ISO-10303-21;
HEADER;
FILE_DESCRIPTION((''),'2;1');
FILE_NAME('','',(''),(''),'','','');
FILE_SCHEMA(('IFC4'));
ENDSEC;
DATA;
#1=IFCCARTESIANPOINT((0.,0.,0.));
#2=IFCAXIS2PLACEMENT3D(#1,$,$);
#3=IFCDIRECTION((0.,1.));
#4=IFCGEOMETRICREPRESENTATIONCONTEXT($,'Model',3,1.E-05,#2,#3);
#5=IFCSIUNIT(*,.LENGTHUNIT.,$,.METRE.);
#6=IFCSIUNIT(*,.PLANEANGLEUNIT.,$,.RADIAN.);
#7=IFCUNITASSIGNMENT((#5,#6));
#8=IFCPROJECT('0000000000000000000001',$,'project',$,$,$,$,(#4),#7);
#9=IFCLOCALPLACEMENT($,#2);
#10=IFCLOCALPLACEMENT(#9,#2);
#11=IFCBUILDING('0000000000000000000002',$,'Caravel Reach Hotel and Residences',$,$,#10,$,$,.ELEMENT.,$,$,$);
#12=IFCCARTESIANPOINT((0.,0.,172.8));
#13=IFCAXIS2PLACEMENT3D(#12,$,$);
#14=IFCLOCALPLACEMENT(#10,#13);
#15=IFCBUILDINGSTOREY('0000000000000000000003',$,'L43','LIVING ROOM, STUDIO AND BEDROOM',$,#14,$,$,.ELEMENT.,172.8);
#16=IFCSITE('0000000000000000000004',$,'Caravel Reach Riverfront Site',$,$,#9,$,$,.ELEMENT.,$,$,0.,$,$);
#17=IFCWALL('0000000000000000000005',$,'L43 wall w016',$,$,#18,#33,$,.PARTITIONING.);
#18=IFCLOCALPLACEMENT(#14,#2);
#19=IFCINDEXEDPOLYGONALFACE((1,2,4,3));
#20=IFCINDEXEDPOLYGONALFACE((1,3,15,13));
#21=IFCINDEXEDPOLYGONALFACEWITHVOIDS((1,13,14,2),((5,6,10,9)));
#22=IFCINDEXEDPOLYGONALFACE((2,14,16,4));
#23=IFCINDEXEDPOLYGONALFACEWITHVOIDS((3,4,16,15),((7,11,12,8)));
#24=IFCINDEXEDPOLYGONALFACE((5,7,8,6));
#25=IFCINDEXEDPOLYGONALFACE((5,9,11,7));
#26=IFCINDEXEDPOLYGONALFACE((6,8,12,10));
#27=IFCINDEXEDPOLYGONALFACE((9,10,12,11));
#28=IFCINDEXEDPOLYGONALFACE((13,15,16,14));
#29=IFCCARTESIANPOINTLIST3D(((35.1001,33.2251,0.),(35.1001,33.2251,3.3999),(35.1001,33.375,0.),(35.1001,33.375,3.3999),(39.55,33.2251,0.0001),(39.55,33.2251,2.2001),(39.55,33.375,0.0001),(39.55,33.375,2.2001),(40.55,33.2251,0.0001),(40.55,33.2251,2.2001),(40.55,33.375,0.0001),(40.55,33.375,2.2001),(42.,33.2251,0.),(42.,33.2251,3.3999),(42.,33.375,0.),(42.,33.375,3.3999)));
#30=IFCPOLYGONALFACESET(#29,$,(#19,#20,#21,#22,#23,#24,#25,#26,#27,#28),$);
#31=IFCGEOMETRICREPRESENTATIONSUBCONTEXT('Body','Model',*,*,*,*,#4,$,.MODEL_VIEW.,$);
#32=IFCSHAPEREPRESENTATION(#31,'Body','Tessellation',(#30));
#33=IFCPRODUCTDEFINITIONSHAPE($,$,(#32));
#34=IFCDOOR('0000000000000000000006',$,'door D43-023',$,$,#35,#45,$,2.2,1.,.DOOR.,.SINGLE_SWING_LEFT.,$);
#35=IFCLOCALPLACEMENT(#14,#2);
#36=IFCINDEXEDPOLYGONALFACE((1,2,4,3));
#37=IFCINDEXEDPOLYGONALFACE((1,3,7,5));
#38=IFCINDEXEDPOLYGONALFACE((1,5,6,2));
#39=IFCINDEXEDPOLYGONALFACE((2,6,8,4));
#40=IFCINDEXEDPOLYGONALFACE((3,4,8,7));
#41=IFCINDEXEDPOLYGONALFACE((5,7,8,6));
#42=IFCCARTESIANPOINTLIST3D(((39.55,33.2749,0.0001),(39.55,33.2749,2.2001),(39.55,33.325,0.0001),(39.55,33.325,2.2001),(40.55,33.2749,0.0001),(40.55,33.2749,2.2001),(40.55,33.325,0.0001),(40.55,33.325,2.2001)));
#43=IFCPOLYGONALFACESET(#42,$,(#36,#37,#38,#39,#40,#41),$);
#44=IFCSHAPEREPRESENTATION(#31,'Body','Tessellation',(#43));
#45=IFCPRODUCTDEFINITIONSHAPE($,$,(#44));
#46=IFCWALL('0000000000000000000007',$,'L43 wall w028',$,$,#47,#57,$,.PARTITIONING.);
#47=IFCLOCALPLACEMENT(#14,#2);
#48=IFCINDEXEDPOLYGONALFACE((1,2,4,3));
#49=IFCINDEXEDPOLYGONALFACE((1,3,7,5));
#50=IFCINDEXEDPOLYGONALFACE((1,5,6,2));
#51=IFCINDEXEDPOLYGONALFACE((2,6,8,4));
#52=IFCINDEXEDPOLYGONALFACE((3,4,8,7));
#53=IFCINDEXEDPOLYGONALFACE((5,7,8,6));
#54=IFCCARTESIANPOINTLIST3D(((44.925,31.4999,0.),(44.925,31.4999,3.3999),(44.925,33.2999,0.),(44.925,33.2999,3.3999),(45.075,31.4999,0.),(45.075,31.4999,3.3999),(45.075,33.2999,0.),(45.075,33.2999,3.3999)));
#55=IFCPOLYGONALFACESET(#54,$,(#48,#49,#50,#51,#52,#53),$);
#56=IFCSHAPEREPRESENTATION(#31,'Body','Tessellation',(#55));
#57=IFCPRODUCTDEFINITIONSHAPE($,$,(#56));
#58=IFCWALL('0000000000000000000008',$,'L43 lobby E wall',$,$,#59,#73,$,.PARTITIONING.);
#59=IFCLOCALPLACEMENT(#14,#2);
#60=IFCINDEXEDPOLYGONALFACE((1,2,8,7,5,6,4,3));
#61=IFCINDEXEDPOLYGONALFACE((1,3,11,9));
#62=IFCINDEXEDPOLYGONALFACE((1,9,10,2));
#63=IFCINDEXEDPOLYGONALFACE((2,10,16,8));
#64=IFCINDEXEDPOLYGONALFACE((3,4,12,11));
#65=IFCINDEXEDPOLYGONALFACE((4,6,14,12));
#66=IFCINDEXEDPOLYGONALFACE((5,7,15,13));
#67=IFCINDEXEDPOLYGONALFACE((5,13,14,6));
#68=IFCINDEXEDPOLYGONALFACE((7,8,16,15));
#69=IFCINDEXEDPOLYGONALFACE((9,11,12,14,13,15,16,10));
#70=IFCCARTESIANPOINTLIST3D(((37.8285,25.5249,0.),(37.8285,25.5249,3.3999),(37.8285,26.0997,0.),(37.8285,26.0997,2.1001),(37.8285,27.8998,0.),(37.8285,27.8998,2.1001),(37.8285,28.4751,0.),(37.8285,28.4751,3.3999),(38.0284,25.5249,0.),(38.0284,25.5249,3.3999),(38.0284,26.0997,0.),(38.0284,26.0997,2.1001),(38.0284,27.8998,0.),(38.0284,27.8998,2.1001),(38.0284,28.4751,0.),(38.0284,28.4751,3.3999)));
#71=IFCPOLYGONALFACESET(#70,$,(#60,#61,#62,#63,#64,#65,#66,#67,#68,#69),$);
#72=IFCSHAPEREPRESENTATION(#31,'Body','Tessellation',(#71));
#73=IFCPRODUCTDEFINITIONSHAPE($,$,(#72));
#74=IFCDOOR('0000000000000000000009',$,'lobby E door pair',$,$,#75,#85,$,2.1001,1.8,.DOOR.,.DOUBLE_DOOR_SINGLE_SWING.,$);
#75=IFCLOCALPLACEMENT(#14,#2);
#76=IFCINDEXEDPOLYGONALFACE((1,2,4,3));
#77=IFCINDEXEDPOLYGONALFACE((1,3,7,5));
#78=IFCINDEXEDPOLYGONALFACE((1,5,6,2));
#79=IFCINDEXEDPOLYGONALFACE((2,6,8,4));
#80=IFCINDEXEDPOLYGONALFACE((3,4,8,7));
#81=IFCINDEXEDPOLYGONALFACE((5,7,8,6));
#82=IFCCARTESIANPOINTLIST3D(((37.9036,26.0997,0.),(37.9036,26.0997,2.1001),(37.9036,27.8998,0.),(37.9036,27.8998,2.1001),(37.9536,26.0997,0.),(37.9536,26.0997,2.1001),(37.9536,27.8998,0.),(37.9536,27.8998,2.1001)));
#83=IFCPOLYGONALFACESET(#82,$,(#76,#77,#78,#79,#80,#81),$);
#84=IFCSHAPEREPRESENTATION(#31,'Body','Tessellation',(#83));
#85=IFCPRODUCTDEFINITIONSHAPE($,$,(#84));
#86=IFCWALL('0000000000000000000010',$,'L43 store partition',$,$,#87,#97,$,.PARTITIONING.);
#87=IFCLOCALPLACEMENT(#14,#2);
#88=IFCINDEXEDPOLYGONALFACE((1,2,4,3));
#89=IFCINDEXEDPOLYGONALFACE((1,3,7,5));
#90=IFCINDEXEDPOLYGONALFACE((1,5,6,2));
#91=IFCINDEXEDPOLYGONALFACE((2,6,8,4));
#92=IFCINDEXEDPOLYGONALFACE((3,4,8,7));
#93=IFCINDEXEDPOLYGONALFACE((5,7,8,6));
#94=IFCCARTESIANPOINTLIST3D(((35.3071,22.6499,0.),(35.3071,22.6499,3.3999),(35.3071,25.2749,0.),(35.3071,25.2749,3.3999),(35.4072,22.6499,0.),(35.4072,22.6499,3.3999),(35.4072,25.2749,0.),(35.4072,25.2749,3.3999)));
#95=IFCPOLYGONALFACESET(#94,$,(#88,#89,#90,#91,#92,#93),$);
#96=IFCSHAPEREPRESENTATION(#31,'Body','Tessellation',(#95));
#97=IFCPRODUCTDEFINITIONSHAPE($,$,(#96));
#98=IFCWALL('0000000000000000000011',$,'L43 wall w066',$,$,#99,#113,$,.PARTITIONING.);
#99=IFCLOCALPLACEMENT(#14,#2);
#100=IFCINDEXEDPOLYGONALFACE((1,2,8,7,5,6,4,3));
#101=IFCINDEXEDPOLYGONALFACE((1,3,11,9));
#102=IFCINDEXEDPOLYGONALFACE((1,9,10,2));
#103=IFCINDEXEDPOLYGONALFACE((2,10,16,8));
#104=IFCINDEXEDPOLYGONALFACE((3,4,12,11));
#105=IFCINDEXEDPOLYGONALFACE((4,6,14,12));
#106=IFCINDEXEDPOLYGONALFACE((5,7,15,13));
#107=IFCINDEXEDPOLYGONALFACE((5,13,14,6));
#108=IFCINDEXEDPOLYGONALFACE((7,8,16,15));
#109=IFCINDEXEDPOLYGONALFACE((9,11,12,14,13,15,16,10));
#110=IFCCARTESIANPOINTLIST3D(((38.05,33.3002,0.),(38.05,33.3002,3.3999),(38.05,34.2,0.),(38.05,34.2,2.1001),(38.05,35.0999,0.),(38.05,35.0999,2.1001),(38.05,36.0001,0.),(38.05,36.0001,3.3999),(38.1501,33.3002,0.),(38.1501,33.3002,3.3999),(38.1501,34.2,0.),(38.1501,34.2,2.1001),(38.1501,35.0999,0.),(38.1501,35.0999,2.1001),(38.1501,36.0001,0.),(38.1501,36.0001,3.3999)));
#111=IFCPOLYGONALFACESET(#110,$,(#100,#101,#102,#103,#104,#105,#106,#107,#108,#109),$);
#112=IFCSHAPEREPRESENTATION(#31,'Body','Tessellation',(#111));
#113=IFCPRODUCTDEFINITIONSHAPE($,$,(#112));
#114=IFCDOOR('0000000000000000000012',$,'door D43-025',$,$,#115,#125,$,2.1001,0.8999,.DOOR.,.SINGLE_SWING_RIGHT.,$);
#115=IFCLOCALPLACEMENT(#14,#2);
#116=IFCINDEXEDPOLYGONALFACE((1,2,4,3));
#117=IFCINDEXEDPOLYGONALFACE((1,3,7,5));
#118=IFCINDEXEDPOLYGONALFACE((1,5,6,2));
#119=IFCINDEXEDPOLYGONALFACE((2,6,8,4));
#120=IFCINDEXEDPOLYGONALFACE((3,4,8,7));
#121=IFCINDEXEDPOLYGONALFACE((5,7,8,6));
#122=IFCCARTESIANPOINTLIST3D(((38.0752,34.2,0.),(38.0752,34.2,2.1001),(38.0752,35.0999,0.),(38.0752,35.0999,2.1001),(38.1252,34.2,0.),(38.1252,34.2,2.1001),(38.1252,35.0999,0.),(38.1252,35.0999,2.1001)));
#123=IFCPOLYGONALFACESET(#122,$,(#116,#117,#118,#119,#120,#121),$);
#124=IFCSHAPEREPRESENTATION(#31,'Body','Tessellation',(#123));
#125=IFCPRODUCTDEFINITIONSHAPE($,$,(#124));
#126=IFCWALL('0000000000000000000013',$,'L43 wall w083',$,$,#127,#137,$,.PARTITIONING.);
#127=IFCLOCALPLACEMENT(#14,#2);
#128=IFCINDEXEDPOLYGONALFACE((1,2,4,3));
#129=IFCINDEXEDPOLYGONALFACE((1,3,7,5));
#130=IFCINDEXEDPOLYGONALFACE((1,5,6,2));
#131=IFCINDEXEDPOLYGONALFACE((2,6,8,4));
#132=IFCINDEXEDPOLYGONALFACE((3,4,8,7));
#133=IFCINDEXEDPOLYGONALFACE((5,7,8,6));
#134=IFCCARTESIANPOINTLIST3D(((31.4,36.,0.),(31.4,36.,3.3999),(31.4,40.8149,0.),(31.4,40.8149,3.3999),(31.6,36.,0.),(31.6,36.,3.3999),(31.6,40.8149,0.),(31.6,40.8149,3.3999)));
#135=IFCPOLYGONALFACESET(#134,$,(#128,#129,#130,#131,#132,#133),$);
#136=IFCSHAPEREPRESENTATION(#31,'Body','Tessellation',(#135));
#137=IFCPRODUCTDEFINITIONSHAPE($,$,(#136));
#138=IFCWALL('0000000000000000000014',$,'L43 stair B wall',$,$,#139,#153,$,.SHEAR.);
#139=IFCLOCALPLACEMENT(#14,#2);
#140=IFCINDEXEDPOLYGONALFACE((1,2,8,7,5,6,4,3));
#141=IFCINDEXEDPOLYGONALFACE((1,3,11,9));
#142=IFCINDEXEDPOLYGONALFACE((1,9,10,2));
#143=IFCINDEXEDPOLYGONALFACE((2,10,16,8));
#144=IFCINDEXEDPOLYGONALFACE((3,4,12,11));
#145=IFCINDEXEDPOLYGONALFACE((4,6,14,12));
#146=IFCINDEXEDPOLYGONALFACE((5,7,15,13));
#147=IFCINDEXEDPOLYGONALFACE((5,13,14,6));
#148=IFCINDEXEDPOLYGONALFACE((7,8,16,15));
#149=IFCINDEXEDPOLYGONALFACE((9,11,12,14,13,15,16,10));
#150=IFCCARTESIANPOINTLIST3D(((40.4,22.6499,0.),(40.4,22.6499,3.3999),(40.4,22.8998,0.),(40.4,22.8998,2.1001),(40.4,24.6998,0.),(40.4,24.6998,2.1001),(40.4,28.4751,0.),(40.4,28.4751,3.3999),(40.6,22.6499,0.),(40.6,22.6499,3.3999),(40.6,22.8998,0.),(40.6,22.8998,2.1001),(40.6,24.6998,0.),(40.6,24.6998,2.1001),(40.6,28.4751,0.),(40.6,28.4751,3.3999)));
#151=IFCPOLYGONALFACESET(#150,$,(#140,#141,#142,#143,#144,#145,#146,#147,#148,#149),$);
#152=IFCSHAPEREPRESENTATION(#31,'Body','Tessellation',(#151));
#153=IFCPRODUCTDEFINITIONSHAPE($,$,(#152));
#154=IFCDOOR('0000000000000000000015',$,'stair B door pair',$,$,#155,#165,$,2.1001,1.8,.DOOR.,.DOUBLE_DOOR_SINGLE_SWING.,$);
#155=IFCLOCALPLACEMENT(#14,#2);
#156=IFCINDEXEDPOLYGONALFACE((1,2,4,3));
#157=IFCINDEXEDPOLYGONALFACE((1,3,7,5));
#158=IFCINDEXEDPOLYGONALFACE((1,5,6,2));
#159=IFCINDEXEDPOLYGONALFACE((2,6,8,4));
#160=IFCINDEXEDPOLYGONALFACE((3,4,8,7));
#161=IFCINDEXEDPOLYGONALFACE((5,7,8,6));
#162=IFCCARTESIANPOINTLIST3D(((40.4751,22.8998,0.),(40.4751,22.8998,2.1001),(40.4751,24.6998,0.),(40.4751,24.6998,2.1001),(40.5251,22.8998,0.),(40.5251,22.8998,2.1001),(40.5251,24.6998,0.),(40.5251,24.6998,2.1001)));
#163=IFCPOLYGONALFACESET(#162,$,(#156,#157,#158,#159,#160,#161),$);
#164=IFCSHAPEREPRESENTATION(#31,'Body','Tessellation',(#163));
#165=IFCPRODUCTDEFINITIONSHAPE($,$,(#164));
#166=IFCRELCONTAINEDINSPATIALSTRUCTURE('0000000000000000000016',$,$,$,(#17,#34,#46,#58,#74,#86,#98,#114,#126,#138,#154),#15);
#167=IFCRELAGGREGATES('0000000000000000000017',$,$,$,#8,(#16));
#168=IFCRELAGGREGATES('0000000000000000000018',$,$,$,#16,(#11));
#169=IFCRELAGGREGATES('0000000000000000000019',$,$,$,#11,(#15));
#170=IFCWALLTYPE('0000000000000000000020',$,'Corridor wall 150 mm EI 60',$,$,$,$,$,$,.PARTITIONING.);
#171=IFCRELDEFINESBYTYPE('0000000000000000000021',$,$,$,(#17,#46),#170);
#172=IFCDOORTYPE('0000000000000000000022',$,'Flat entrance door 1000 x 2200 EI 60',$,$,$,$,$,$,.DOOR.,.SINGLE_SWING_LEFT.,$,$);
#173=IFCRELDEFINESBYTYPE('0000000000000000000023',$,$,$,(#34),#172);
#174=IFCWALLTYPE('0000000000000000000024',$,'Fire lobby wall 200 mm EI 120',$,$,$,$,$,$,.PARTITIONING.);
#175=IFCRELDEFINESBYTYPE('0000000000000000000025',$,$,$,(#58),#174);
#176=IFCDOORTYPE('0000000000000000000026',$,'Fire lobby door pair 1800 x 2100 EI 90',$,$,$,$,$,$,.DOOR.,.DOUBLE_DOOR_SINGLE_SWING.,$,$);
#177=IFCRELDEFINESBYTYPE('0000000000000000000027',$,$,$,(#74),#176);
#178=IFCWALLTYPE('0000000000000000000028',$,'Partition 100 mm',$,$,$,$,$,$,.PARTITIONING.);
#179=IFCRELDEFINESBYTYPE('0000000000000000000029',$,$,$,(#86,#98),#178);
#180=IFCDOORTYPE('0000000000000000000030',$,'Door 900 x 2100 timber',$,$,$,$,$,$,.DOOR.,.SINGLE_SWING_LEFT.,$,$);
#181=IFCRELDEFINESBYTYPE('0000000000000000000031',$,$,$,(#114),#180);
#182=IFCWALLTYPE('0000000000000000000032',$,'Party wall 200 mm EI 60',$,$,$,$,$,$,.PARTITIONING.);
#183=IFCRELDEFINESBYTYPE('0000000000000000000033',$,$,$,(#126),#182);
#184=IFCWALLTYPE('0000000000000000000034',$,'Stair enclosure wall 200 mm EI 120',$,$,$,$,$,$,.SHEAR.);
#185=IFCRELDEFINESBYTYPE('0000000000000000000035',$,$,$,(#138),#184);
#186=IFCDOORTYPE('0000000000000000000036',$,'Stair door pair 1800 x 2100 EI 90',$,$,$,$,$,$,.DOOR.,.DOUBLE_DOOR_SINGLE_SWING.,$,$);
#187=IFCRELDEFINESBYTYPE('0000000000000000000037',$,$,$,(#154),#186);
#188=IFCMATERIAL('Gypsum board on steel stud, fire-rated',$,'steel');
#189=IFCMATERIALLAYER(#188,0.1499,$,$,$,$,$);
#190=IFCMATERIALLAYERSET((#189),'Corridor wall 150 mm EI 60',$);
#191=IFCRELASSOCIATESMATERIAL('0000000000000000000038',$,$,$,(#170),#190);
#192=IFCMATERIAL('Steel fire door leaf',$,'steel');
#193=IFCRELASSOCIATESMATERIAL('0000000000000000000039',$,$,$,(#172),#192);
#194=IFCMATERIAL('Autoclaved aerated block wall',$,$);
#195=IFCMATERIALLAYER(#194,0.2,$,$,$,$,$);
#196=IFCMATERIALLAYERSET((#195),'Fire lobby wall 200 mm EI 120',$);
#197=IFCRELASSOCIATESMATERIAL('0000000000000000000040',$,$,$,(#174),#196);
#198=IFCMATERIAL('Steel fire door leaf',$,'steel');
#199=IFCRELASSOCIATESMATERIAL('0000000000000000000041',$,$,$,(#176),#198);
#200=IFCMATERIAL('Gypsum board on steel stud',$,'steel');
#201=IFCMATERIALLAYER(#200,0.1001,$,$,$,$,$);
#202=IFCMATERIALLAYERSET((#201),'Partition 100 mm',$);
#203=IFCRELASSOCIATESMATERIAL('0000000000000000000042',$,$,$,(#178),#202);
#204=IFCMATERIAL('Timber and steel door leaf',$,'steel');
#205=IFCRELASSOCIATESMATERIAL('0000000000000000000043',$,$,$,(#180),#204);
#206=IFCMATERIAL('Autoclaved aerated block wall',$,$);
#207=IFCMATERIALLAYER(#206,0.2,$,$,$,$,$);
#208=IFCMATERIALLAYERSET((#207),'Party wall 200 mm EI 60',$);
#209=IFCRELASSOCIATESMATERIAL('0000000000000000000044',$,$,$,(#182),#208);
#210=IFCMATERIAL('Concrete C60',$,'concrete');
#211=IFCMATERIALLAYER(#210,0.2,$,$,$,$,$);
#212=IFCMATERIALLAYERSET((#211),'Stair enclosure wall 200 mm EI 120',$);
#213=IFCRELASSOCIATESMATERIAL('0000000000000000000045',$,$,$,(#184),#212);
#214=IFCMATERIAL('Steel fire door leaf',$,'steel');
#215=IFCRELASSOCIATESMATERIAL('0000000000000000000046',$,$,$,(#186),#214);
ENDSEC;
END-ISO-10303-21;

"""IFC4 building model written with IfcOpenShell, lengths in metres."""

from ifc_helpers import new_model, si_unit, direction, frame, frame_2d, origin, place, context, subcontext, project, spatial, rectangle, extrude, material, layer, layer_set, type_object, element, fill, save


model = new_model("IFC4")

# Units and contexts
model_context = context("Model", 3, precision=1e-05, world=origin(), true_north=direction((0.0, 1.0)))
body_context = subcontext(model_context, "Body", "Model", "MODEL_VIEW")
ifc_project = project(units=[si_unit("LENGTHUNIT", "METRE"), si_unit("PLANEANGLEUNIT", "RADIAN")], contexts=[model_context])

# Site, building, storey
site_placement = place(None, origin())
site = spatial("IfcSite", under=ifc_project, at=site_placement, Name="Caravel Reach Riverfront Site", CompositionType="ELEMENT", RefElevation=0.0)
building_placement = place(site_placement, origin())
building = spatial("IfcBuilding", under=site, at=building_placement, Name="Caravel Reach Hotel and Residences", CompositionType="ELEMENT")
storey_placement = place(building_placement, frame((0.0, 0.0, 172.8)))
storey = spatial("IfcBuildingStorey", under=building, at=storey_placement, Name="L43", Description="LIVING ROOM, STUDIO AND BEDROOM", CompositionType="ELEMENT", Elevation=172.8)

# Shared definitions
ifc_material_1 = material(Name="Gypsum board on steel stud, fire-rated", Category="steel")
ifc_layer_1 = layer(ifc_material_1, 0.1499)
ifc_layer_set_1 = layer_set([ifc_layer_1], Name="Corridor wall 150 mm EI 60")
wall_type_1 = type_object("IfcWallType", Name="Corridor wall 150 mm EI 60", PredefinedType="PARTITIONING", material=ifc_layer_set_1)

# Wall, opening, door
wall_1_placement = place(storey_placement, frame((35.1001, 33.3, 0.0), z_axis=(0.0, 0.0, 1.0), x_axis=(1.0, 0.0, 0.0)))
wall_1 = element("IfcWall", 1, at=wall_1_placement, inside=storey, type_object=wall_type_1, Name="L43 wall w016", PredefinedType="PARTITIONING", context=body_context, shape_type="SweptSolid", body=[
    extrude(rectangle(XDim=6.8999, YDim=0.1499, at=frame_2d((3.45, 0.0))), origin(), (0.0, 0.0, 1.0), 3.3999),
])
opening_1_placement = place(wall_1_placement, frame((4.45, 0.0, 0.0)))
opening_1 = element("IfcOpeningElement", 2, at=opening_1_placement, cuts=wall_1, PredefinedType="OPENING", context=body_context, shape_type="SweptSolid", body=[
    extrude(rectangle(XDim=1.0, YDim=2.2, at=frame_2d((0.5, 1.1001))), frame((0.0, 0.085, 0.0), z_axis=(0.0, -1.0, 0.0), x_axis=(1.0, 0.0, 0.0)), (0.0, 0.0, 1.0), 0.1699),
])
ifc_material_2 = material(Name="Steel fire door leaf", Category="steel")
door_type_1 = type_object("IfcDoorType", Name="Flat entrance door 1000 x 2200 EI 60", OperationType="SINGLE_SWING_LEFT", PredefinedType="DOOR", material=ifc_material_2)
door_1_placement = place(opening_1_placement, origin())
door_1 = element("IfcDoor", 3, at=door_1_placement, inside=storey, type_object=door_type_1, Name="door D43-023", OperationType="SINGLE_SWING_LEFT", OverallHeight=2.2, OverallWidth=1.0, PredefinedType="DOOR", context=body_context, shape_type="SweptSolid", body=[
    extrude(rectangle(XDim=1.0, YDim=2.2, at=frame_2d((0.5, 1.1001))), frame((0.0, 0.0249, 0.0), z_axis=(0.0, -1.0, 0.0), x_axis=(1.0, 0.0, 0.0)), (0.0, 0.0, 1.0), 0.05),
])
fill(opening_1, door_1)

# Wall
wall_2_placement = place(storey_placement, frame((45.0, 31.5, 0.0), z_axis=(0.0, 0.0, 1.0), x_axis=(0.0, 1.0, 0.0)))
element("IfcWall", 4, at=wall_2_placement, inside=storey, type_object=wall_type_1, Name="L43 wall w028", PredefinedType="PARTITIONING", context=body_context, shape_type="SweptSolid", body=[
    extrude(rectangle(XDim=1.8, YDim=0.1499, at=frame_2d((0.8999, 0.0))), origin(), (0.0, 0.0, 1.0), 3.3999),
])

# Wall, opening, door
ifc_material_3 = material(Name="Autoclaved aerated block wall")
ifc_layer_2 = layer(ifc_material_3, 0.2)
ifc_layer_set_2 = layer_set([ifc_layer_2], Name="Fire lobby wall 200 mm EI 120")
wall_type_2 = type_object("IfcWallType", Name="Fire lobby wall 200 mm EI 120", PredefinedType="PARTITIONING", material=ifc_layer_set_2)
wall_3_placement = place(storey_placement, frame((37.9285, 25.5249, 0.0), z_axis=(0.0, 0.0, 1.0), x_axis=(0.0, 1.0, 0.0)))
wall_3 = element("IfcWall", 5, at=wall_3_placement, inside=storey, type_object=wall_type_2, Name="L43 lobby E wall", PredefinedType="PARTITIONING", context=body_context, shape_type="SweptSolid", body=[
    extrude(rectangle(XDim=2.9502, YDim=0.2, at=frame_2d((1.4751, 0.0))), origin(), (0.0, 0.0, 1.0), 3.3999),
])
opening_2_placement = place(wall_3_placement, frame((0.575, 0.0, 0.0)))
opening_2 = element("IfcOpeningElement", 6, at=opening_2_placement, cuts=wall_3, PredefinedType="OPENING", context=body_context, shape_type="SweptSolid", body=[
    extrude(rectangle(XDim=1.8, YDim=2.1001, at=frame_2d((0.8999, 1.05))), frame((0.0, 0.1099, 0.0), z_axis=(0.0, -1.0, 0.0), x_axis=(1.0, 0.0, 0.0)), (0.0, 0.0, 1.0), 0.22),
])
ifc_material_4 = material(Name="Steel fire door leaf", Category="steel")
door_type_2 = type_object("IfcDoorType", Name="Fire lobby door pair 1800 x 2100 EI 90", OperationType="DOUBLE_DOOR_SINGLE_SWING", PredefinedType="DOOR", material=ifc_material_4)
door_2_placement = place(opening_2_placement, origin())
door_2 = element("IfcDoor", 7, at=door_2_placement, inside=storey, type_object=door_type_2, Name="lobby E door pair", OperationType="DOUBLE_DOOR_SINGLE_SWING", OverallHeight=2.1001, OverallWidth=1.8, PredefinedType="DOOR", context=body_context, shape_type="SweptSolid", body=[
    extrude(rectangle(XDim=1.8, YDim=2.1001, at=frame_2d((0.8999, 1.05))), frame((0.0, 0.0249, 0.0), z_axis=(0.0, -1.0, 0.0), x_axis=(1.0, 0.0, 0.0)), (0.0, 0.0, 1.0), 0.05),
])
fill(opening_2, door_2)

# Wall
ifc_material_5 = material(Name="Gypsum board on steel stud", Category="steel")
ifc_layer_3 = layer(ifc_material_5, 0.1001)
ifc_layer_set_3 = layer_set([ifc_layer_3], Name="Partition 100 mm")
wall_type_3 = type_object("IfcWallType", Name="Partition 100 mm", PredefinedType="PARTITIONING", material=ifc_layer_set_3)
wall_4_placement = place(storey_placement, frame((35.3572, 22.6499, 0.0), z_axis=(0.0, 0.0, 1.0), x_axis=(0.0, 1.0, 0.0)))
element("IfcWall", 8, at=wall_4_placement, inside=storey, type_object=wall_type_3, Name="L43 store partition", PredefinedType="PARTITIONING", context=body_context, shape_type="SweptSolid", body=[
    extrude(rectangle(XDim=2.625, YDim=0.1001, at=frame_2d((1.3125, 0.0))), origin(), (0.0, 0.0, 1.0), 3.3999),
])

# Wall, opening, door
wall_5_placement = place(storey_placement, frame((38.1001, 33.3, 0.0), z_axis=(0.0, 0.0, 1.0), x_axis=(0.0, 1.0, 0.0)))
wall_5 = element("IfcWall", 9, at=wall_5_placement, inside=storey, type_object=wall_type_3, Name="L43 wall w066", PredefinedType="PARTITIONING", context=body_context, shape_type="SweptSolid", body=[
    extrude(rectangle(XDim=2.7, YDim=0.1001, at=frame_2d((1.3501, 0.0))), origin(), (0.0, 0.0, 1.0), 3.3999),
])
opening_3_placement = place(wall_5_placement, frame((0.8999, 0.0, 0.0)))
opening_3 = element("IfcOpeningElement", 10, at=opening_3_placement, cuts=wall_5, PredefinedType="OPENING", context=body_context, shape_type="SweptSolid", body=[
    extrude(rectangle(XDim=0.8999, YDim=2.1001, at=frame_2d((0.45, 1.05))), frame((0.0, 0.0601, 0.0), z_axis=(0.0, -1.0, 0.0), x_axis=(1.0, 0.0, 0.0)), (0.0, 0.0, 1.0), 0.1201),
])
ifc_material_6 = material(Name="Timber and steel door leaf", Category="steel")
door_type_3 = type_object("IfcDoorType", Name="Door 900 x 2100 timber", OperationType="SINGLE_SWING_LEFT", PredefinedType="DOOR", material=ifc_material_6)
door_3_placement = place(opening_3_placement, origin())
door_3 = element("IfcDoor", 11, at=door_3_placement, inside=storey, type_object=door_type_3, Name="door D43-025", OperationType="SINGLE_SWING_RIGHT", OverallHeight=2.1001, OverallWidth=0.8999, PredefinedType="DOOR", context=body_context, shape_type="SweptSolid", body=[
    extrude(rectangle(XDim=0.8999, YDim=2.1001, at=frame_2d((0.45, 1.05))), frame((0.0, 0.0249, 0.0), z_axis=(0.0, -1.0, 0.0), x_axis=(1.0, 0.0, 0.0)), (0.0, 0.0, 1.0), 0.05),
])
fill(opening_3, door_3)

# Wall
ifc_material_7 = material(Name="Autoclaved aerated block wall")
ifc_layer_4 = layer(ifc_material_7, 0.2)
ifc_layer_set_4 = layer_set([ifc_layer_4], Name="Party wall 200 mm EI 60")
wall_type_4 = type_object("IfcWallType", Name="Party wall 200 mm EI 60", PredefinedType="PARTITIONING", material=ifc_layer_set_4)
wall_6_placement = place(storey_placement, frame((31.5, 36.0, 0.0), z_axis=(0.0, 0.0, 1.0), x_axis=(0.0, 1.0, 0.0)))
element("IfcWall", 12, at=wall_6_placement, inside=storey, type_object=wall_type_4, Name="L43 wall w083", PredefinedType="PARTITIONING", context=body_context, shape_type="SweptSolid", body=[
    extrude(rectangle(XDim=4.8149, YDim=0.2, at=frame_2d((2.4075, 0.0))), origin(), (0.0, 0.0, 1.0), 3.3999),
])

# Wall, opening, door
ifc_material_8 = material(Name="Concrete C60", Category="concrete")
ifc_layer_5 = layer(ifc_material_8, 0.2)
ifc_layer_set_5 = layer_set([ifc_layer_5], Name="Stair enclosure wall 200 mm EI 120")
wall_type_5 = type_object("IfcWallType", Name="Stair enclosure wall 200 mm EI 120", PredefinedType="SHEAR", material=ifc_layer_set_5)
wall_7_placement = place(storey_placement, frame((40.5, 22.6499, 0.0), z_axis=(0.0, 0.0, 1.0), x_axis=(0.0, 1.0, 0.0)))
wall_7 = element("IfcWall", 13, at=wall_7_placement, inside=storey, type_object=wall_type_5, Name="L43 stair B wall", PredefinedType="SHEAR", context=body_context, shape_type="SweptSolid", body=[
    extrude(rectangle(XDim=5.8252, YDim=0.2, at=frame_2d((2.9126, 0.0))), origin(), (0.0, 0.0, 1.0), 3.3999),
])
opening_4_placement = place(wall_7_placement, frame((0.25, 0.0, 0.0)))
opening_4 = element("IfcOpeningElement", 14, at=opening_4_placement, cuts=wall_7, PredefinedType="OPENING", context=body_context, shape_type="SweptSolid", body=[
    extrude(rectangle(XDim=1.8, YDim=2.1001, at=frame_2d((0.8999, 1.05))), frame((0.0, 0.1099, 0.0), z_axis=(0.0, -1.0, 0.0), x_axis=(1.0, 0.0, 0.0)), (0.0, 0.0, 1.0), 0.22),
])
ifc_material_9 = material(Name="Steel fire door leaf", Category="steel")
door_type_4 = type_object("IfcDoorType", Name="Stair door pair 1800 x 2100 EI 90", OperationType="DOUBLE_DOOR_SINGLE_SWING", PredefinedType="DOOR", material=ifc_material_9)
door_4_placement = place(opening_4_placement, origin())
door_4 = element("IfcDoor", 15, at=door_4_placement, inside=storey, type_object=door_type_4, Name="stair B door pair", OperationType="DOUBLE_DOOR_SINGLE_SWING", OverallHeight=2.1001, OverallWidth=1.8, PredefinedType="DOOR", context=body_context, shape_type="SweptSolid", body=[
    extrude(rectangle(XDim=1.8, YDim=2.1001, at=frame_2d((0.8999, 1.05))), frame((0.0, 0.0249, 0.0), z_axis=(0.0, -1.0, 0.0), x_axis=(1.0, 0.0, 0.0)), (0.0, 0.0, 1.0), 0.05),
])
fill(opening_4, door_4)

save(model, "model.ifc")
